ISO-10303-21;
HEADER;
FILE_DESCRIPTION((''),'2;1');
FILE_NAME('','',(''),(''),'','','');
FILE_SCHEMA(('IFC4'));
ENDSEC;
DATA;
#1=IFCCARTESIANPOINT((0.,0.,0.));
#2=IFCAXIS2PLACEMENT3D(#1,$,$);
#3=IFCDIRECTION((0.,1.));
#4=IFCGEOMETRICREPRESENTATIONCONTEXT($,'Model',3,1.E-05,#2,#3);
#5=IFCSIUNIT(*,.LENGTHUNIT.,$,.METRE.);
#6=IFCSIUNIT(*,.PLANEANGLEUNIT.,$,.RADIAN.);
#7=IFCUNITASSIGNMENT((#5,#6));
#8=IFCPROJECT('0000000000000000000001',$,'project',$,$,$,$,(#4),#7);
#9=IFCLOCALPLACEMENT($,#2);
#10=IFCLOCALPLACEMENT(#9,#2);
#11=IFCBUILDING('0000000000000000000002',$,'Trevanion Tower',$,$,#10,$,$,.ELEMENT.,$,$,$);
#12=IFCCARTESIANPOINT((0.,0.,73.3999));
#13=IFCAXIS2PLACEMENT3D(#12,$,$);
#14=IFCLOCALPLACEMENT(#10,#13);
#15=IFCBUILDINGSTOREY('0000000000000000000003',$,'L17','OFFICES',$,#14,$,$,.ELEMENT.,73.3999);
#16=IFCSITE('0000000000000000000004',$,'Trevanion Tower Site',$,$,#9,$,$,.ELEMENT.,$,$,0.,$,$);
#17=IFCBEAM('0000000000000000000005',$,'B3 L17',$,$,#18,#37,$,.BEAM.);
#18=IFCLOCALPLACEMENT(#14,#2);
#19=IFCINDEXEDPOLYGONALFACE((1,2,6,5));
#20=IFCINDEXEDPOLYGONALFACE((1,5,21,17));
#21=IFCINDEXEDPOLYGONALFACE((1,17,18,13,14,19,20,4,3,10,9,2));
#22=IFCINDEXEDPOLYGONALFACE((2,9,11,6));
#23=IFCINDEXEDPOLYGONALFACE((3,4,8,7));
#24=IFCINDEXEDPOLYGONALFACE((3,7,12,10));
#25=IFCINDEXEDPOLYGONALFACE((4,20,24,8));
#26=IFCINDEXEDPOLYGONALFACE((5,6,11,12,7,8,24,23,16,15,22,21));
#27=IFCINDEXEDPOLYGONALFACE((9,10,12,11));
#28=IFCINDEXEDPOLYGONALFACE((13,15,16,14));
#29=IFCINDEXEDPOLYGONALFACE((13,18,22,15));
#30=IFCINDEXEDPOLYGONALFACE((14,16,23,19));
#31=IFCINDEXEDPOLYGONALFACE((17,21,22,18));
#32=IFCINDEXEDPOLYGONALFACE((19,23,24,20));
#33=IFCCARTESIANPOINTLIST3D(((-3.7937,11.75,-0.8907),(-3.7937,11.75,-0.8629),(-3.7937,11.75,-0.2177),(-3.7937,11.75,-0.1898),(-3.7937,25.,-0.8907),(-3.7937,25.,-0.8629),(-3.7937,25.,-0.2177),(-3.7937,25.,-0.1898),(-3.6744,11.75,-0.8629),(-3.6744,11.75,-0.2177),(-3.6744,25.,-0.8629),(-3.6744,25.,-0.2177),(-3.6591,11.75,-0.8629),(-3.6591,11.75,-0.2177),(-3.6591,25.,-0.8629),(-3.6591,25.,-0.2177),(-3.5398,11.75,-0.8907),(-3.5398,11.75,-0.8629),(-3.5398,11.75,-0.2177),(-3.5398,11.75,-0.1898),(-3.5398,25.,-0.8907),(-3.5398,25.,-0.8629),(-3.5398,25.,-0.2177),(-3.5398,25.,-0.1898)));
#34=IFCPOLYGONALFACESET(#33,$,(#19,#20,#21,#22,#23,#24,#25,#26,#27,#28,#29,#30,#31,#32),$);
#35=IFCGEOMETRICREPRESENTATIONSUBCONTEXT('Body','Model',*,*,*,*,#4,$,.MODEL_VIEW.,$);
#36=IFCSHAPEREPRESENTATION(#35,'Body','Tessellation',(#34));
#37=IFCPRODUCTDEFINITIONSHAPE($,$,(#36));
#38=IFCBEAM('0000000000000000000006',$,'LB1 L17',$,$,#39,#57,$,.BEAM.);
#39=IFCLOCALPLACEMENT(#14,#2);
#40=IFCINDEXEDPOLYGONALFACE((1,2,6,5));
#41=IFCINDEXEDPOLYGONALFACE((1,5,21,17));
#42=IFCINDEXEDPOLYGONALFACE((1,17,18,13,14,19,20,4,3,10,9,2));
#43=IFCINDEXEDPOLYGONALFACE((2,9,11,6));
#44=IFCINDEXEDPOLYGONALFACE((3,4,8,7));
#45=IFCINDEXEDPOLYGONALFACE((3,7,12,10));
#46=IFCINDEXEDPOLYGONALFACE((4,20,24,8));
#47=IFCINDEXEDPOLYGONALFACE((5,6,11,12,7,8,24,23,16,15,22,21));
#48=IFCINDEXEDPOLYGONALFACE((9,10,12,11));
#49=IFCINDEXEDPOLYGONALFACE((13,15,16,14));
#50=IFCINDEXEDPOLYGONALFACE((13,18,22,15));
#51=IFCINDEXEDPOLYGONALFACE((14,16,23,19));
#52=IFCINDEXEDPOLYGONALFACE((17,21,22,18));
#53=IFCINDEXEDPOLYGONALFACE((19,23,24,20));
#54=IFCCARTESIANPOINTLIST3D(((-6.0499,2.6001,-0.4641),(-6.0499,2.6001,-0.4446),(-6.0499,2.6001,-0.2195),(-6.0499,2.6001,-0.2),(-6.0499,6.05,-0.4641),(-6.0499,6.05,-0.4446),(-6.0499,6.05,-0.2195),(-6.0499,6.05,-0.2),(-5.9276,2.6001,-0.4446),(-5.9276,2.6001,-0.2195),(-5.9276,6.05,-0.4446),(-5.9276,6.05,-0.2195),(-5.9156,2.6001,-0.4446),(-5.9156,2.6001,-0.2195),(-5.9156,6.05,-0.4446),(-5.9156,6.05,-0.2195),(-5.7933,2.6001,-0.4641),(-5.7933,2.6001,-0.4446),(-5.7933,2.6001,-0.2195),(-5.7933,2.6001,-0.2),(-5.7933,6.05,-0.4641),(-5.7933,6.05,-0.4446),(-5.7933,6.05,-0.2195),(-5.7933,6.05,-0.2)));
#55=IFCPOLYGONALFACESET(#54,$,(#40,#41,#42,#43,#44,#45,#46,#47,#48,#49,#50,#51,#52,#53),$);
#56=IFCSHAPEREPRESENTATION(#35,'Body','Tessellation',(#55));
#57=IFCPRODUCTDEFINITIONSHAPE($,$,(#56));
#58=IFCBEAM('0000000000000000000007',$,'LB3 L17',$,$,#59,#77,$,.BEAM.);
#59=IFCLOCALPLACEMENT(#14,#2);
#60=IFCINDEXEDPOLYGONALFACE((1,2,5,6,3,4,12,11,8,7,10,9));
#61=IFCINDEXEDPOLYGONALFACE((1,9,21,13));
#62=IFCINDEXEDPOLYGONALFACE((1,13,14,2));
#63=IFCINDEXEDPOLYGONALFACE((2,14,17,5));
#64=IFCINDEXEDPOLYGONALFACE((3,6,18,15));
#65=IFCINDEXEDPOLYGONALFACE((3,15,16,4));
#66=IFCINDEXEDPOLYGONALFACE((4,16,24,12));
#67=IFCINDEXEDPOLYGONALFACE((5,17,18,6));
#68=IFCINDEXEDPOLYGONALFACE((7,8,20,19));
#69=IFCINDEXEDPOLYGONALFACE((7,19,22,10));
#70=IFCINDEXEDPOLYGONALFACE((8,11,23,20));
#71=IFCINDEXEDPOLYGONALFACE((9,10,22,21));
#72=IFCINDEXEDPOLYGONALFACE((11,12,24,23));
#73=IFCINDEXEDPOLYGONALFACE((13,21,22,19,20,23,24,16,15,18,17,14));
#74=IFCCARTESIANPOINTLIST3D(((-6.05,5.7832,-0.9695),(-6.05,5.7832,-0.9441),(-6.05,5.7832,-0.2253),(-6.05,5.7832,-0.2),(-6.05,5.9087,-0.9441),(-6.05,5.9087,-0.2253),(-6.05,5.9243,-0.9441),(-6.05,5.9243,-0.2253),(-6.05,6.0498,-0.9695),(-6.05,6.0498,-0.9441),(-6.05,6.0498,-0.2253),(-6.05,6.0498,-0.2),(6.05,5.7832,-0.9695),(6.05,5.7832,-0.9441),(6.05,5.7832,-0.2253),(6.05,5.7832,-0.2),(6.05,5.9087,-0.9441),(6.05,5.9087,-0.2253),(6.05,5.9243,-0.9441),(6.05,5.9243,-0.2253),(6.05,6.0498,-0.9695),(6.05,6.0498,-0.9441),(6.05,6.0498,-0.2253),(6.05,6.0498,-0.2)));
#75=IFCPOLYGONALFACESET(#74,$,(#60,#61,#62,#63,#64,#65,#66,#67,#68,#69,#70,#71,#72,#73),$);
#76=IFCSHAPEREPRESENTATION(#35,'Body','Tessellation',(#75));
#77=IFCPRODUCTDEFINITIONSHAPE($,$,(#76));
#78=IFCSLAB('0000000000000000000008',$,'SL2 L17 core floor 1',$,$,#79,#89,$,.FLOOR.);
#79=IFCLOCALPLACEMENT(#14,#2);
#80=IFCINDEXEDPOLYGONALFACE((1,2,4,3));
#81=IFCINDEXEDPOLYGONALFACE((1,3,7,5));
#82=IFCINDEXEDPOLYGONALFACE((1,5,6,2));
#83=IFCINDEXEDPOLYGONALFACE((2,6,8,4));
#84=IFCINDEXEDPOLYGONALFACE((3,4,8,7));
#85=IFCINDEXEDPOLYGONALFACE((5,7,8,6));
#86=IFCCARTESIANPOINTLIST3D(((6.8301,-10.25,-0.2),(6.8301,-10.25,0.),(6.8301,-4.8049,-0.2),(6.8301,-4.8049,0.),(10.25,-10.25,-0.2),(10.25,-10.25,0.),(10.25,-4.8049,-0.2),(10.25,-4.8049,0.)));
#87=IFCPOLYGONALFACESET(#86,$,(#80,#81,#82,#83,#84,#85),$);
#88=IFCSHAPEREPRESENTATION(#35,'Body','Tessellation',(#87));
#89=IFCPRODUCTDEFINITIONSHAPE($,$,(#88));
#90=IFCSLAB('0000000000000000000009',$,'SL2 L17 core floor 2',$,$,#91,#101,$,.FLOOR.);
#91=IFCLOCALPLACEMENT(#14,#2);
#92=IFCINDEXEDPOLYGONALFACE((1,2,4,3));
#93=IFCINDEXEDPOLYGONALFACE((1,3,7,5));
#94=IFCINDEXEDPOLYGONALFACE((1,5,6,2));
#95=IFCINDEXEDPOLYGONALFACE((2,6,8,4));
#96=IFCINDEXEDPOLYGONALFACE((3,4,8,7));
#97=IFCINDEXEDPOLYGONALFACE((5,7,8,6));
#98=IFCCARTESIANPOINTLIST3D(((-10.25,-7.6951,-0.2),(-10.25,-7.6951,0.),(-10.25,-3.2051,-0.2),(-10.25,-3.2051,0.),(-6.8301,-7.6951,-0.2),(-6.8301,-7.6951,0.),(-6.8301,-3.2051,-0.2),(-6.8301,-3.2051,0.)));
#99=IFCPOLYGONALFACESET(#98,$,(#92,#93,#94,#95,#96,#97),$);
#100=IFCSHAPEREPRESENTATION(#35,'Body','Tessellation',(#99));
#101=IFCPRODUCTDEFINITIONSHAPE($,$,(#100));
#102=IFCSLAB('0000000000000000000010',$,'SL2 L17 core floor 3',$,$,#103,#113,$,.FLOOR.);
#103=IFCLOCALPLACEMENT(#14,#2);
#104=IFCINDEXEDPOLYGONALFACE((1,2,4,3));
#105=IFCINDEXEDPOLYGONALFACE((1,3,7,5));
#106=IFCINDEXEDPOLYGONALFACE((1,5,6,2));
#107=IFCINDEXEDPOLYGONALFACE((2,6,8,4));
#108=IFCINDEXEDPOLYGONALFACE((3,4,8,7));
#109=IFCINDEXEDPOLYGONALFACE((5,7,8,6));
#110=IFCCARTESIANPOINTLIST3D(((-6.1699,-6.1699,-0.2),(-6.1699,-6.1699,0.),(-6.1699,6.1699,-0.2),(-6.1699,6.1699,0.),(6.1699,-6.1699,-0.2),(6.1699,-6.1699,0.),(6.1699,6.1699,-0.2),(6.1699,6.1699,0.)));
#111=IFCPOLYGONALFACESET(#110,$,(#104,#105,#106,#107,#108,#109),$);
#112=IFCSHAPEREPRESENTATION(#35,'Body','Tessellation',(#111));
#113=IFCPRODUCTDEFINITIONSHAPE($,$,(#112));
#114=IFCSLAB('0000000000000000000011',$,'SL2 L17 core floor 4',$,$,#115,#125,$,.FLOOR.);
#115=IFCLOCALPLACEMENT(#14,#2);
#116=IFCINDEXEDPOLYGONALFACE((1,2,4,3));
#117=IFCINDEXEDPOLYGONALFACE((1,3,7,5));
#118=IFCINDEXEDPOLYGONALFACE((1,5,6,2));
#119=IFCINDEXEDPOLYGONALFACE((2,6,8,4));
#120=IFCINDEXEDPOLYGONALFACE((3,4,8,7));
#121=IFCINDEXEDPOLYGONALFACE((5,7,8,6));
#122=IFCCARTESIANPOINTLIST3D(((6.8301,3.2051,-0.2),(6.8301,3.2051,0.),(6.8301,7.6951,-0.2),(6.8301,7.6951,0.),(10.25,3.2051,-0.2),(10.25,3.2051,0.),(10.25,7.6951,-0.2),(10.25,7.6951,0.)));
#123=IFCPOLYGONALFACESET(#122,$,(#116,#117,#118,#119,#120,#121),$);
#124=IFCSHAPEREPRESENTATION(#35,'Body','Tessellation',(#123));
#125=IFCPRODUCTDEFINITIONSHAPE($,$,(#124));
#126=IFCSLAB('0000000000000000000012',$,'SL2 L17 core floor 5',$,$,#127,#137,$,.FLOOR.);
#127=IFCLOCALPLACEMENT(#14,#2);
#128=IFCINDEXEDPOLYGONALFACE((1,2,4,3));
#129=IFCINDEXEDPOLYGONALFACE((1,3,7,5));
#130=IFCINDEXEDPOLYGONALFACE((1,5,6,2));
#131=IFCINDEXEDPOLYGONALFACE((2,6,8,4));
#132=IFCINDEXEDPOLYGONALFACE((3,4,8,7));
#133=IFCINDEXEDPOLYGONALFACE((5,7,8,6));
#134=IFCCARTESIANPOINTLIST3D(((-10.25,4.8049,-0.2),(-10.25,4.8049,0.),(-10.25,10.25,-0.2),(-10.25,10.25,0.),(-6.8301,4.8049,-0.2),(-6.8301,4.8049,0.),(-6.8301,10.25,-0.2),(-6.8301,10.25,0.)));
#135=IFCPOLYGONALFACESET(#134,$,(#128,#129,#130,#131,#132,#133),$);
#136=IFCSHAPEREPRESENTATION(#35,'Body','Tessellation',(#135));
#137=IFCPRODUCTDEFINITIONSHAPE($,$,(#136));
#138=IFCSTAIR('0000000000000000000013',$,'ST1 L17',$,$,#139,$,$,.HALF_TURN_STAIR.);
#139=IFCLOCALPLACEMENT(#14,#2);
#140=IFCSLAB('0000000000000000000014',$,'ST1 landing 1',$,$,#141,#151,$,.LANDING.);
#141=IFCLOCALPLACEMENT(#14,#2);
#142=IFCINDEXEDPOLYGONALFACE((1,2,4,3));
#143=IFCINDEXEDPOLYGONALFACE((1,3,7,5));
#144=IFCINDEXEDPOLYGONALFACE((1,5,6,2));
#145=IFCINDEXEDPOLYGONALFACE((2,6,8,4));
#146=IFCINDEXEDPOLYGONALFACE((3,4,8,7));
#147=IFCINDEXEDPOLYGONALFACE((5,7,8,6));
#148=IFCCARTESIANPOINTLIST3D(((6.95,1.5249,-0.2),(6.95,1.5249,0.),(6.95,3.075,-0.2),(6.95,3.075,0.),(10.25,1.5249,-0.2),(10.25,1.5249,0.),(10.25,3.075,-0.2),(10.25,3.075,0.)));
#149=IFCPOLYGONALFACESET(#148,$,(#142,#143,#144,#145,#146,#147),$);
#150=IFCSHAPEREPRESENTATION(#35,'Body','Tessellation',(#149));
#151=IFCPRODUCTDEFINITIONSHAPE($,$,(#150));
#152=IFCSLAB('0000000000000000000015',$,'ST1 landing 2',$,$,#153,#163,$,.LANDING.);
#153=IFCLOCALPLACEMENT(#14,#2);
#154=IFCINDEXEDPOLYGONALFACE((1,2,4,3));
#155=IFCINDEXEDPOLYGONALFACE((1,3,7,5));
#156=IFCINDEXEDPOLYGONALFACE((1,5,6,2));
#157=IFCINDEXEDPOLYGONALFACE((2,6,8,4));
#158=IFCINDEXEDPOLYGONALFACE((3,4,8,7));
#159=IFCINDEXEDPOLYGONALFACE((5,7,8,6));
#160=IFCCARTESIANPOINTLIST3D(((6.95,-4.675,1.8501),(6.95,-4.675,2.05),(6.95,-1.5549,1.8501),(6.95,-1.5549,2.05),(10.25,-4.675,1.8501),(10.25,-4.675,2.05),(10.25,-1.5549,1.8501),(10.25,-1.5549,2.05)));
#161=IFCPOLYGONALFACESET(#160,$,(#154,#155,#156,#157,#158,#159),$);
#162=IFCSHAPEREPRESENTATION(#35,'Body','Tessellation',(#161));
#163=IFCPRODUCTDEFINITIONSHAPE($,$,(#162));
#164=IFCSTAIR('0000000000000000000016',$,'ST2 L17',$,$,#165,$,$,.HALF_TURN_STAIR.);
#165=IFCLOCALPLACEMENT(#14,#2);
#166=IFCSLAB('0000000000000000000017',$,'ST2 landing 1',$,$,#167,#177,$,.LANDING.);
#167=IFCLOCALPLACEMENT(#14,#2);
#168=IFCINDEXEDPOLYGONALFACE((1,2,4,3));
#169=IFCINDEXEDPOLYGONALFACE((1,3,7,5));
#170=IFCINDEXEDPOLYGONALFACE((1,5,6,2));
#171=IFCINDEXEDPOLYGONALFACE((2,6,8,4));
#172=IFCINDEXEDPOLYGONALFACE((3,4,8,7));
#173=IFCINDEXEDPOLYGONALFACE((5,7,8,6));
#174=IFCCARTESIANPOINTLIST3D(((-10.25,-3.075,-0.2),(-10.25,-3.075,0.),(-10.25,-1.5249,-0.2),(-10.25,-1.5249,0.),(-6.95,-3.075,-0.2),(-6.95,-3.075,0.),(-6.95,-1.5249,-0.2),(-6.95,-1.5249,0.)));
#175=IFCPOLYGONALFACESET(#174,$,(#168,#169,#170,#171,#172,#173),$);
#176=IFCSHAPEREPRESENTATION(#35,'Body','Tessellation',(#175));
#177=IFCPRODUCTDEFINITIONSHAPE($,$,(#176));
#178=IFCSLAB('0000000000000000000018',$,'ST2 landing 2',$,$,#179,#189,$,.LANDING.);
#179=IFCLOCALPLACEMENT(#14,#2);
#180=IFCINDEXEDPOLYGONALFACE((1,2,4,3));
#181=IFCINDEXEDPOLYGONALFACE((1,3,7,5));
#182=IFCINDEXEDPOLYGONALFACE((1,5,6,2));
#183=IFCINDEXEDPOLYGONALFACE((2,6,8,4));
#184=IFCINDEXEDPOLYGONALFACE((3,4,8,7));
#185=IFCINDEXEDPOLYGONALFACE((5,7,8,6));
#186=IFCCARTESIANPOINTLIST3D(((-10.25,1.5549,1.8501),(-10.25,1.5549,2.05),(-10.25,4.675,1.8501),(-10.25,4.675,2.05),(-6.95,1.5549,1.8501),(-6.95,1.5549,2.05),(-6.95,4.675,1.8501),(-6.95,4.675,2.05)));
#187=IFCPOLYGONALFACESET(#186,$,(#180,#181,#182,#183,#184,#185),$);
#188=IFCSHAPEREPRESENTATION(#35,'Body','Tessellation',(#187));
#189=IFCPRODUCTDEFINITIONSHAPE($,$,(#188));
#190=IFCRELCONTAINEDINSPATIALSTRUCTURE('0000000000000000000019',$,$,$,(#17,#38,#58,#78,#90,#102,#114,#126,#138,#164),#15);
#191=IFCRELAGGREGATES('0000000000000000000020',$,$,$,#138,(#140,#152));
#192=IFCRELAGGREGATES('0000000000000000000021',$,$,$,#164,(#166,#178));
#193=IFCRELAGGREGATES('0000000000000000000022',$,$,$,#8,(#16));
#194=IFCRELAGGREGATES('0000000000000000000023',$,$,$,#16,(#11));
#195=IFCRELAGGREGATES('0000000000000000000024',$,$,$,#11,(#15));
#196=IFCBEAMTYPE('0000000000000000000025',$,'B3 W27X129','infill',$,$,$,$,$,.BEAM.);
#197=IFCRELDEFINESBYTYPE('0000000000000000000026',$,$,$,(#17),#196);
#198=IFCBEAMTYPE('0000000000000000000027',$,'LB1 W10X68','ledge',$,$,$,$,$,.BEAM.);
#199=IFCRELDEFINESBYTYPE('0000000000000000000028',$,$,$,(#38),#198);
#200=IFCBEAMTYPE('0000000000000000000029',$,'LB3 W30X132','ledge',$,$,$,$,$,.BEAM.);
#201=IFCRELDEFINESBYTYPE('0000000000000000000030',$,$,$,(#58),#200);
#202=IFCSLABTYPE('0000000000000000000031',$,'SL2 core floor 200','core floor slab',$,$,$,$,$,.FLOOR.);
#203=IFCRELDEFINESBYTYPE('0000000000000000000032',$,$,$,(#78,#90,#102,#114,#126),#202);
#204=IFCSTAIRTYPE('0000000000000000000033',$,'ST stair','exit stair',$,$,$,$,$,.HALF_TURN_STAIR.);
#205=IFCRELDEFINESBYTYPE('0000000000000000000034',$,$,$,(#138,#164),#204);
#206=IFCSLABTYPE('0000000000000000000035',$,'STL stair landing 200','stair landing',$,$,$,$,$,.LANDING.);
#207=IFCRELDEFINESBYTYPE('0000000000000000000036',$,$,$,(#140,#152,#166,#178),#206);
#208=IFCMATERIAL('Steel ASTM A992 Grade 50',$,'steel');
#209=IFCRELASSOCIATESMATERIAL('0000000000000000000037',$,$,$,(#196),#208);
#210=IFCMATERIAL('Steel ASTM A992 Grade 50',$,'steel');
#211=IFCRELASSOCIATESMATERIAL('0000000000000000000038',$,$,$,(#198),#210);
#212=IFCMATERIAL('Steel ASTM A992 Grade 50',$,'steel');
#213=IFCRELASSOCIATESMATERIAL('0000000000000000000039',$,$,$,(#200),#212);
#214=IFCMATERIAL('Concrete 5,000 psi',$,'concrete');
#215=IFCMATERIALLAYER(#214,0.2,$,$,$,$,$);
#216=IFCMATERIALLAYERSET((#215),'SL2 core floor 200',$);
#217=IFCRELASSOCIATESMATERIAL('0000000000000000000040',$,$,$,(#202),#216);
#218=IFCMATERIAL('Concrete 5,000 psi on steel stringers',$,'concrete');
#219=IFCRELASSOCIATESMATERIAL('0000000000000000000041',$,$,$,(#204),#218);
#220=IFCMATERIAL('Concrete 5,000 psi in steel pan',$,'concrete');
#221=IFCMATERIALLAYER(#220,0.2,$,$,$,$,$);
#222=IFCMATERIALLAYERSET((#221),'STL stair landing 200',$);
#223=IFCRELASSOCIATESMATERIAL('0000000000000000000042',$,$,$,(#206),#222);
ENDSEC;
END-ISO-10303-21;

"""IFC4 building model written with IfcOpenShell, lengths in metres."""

from ifc_helpers import new_model, si_unit, direction, frame, origin, origin_2d, place, context, subcontext, project, spatial, polyline, i_section, outline, extrude, material, layer, layer_set, material_profile, profile_set, type_object, element, aggregate, save


model = new_model("IFC4")

# Units and contexts
model_context = context("Model", 3, precision=1e-05, world=origin(), true_north=direction((0.0, 1.0)))
body_context = subcontext(model_context, "Body", "Model", "MODEL_VIEW")
ifc_project = project(units=[si_unit("LENGTHUNIT", "METRE"), si_unit("PLANEANGLEUNIT", "RADIAN")], contexts=[model_context])

# Site, building, storey
site_placement = place(None, origin())
site = spatial("IfcSite", under=ifc_project, at=site_placement, Name="Trevanion Tower Site", CompositionType="ELEMENT", RefElevation=0.0)
building_placement = place(site_placement, origin())
building = spatial("IfcBuilding", under=site, at=building_placement, Name="Trevanion Tower", CompositionType="ELEMENT")
storey_placement = place(building_placement, frame((0.0, 0.0, 73.3999)))
storey = spatial("IfcBuildingStorey", under=building, at=storey_placement, Name="L17", Description="OFFICES", CompositionType="ELEMENT", Elevation=73.3999)

# Beams
ifc_material_1 = material(Name="Steel ASTM A992 Grade 50", Category="steel")
ifc_material_profile_1 = material_profile(ifc_material_1, i_section(OverallWidth=0.2539, OverallDepth=0.7009, WebThickness=0.0154, FlangeThickness=0.0278, at=origin_2d()), Name="W27X129")
ifc_profile_set_1 = profile_set([ifc_material_profile_1], Name="Steel ASTM A992 Grade 50")
beam_type_1 = type_object("IfcBeamType", Name="B3 W27X129", Description="infill", PredefinedType="BEAM", material=ifc_profile_set_1)
beam_1_placement = place(storey_placement, frame((-3.6667, 11.75, -0.5403), z_axis=(0.0, 1.0, 0.0), x_axis=(-1.0, 0.0, 0.0)))
element("IfcBeam", 1, at=beam_1_placement, inside=storey, type_object=beam_type_1, Name="B3 L17", PredefinedType="BEAM", context=body_context, shape_type="SweptSolid", body=[
    extrude(i_section(OverallWidth=0.2539, OverallDepth=0.7009, WebThickness=0.0154, FlangeThickness=0.0278, at=origin_2d()), origin(), (0.0, 0.0, 1.0), 13.25),
])
ifc_material_2 = material(Name="Steel ASTM A992 Grade 50", Category="steel")
ifc_material_profile_2 = material_profile(ifc_material_2, i_section(OverallWidth=0.2566, OverallDepth=0.2642, WebThickness=0.012, FlangeThickness=0.0195, at=origin_2d()), Name="W10X68")
ifc_profile_set_2 = profile_set([ifc_material_profile_2], Name="Steel ASTM A992 Grade 50")
beam_type_2 = type_object("IfcBeamType", Name="LB1 W10X68", Description="ledge", PredefinedType="BEAM", material=ifc_profile_set_2)
beam_2_placement = place(storey_placement, frame((-5.9216, 2.6001, -0.332), z_axis=(0.0, 1.0, 0.0), x_axis=(-1.0, 0.0, 0.0)))
element("IfcBeam", 2, at=beam_2_placement, inside=storey, type_object=beam_type_2, Name="LB1 L17", PredefinedType="BEAM", context=body_context, shape_type="SweptSolid", body=[
    extrude(i_section(OverallWidth=0.2566, OverallDepth=0.2642, WebThickness=0.012, FlangeThickness=0.0195, at=origin_2d()), origin(), (0.0, 0.0, 1.0), 3.45),
])
ifc_material_3 = material(Name="Steel ASTM A992 Grade 50", Category="steel")
ifc_material_profile_3 = material_profile(ifc_material_3, i_section(OverallWidth=0.2666, OverallDepth=0.7695, WebThickness=0.0156, FlangeThickness=0.0254, at=origin_2d()), Name="W30X132")
ifc_profile_set_3 = profile_set([ifc_material_profile_3], Name="Steel ASTM A992 Grade 50")
beam_type_3 = type_object("IfcBeamType", Name="LB3 W30X132", Description="ledge", PredefinedType="BEAM", material=ifc_profile_set_3)
beam_3_placement = place(storey_placement, frame((-6.05, 5.9165, -0.5847), z_axis=(1.0, 0.0, 0.0), x_axis=(0.0, 1.0, 0.0)))
element("IfcBeam", 3, at=beam_3_placement, inside=storey, type_object=beam_type_3, Name="LB3 L17", PredefinedType="BEAM", context=body_context, shape_type="SweptSolid", body=[
    extrude(i_section(OverallWidth=0.2666, OverallDepth=0.7695, WebThickness=0.0156, FlangeThickness=0.0254, at=origin_2d()), origin(), (0.0, 0.0, 1.0), 12.1001),
])

# Slabs
ifc_material_4 = material(Name="Concrete 5,000 psi", Category="concrete")
ifc_layer_1 = layer(ifc_material_4, 0.2)
ifc_layer_set_1 = layer_set([ifc_layer_1], Name="SL2 core floor 200")
slab_type_1 = type_object("IfcSlabType", Name="SL2 core floor 200", Description="core floor slab", PredefinedType="FLOOR", material=ifc_layer_set_1)
slab_1_placement = place(storey_placement, frame((0.0, 0.0, -0.2)))
element("IfcSlab", 4, at=slab_1_placement, inside=storey, type_object=slab_type_1, Name="SL2 L17 core floor 1", PredefinedType="FLOOR", context=body_context, shape_type="SweptSolid", body=[
    extrude(outline(polyline([(10.25, -4.8049), (10.25, -10.25), (6.8301, -10.25), (6.8301, -4.8049), (10.25, -4.8049)])), origin(), (0.0, 0.0, 1.0), 0.2),
])
slab_2_placement = place(storey_placement, frame((0.0, 0.0, -0.2)))
element("IfcSlab", 5, at=slab_2_placement, inside=storey, type_object=slab_type_1, Name="SL2 L17 core floor 2", PredefinedType="FLOOR", context=body_context, shape_type="SweptSolid", body=[
    extrude(outline(polyline([(-6.8301, -3.2051), (-6.8301, -7.6951), (-10.25, -7.6951), (-10.25, -3.2051), (-6.8301, -3.2051)])), origin(), (0.0, 0.0, 1.0), 0.2),
])
slab_3_placement = place(storey_placement, frame((0.0, 0.0, -0.2)))
element("IfcSlab", 6, at=slab_3_placement, inside=storey, type_object=slab_type_1, Name="SL2 L17 core floor 3", PredefinedType="FLOOR", context=body_context, shape_type="SweptSolid", body=[
    extrude(outline(polyline([(6.1699, -6.1699), (-6.1699, -6.1699), (-6.1699, 6.1699), (6.1699, 6.1699), (6.1699, -6.1699)])), origin(), (0.0, 0.0, 1.0), 0.2),
])
slab_4_placement = place(storey_placement, frame((0.0, 0.0, -0.2)))
element("IfcSlab", 7, at=slab_4_placement, inside=storey, type_object=slab_type_1, Name="SL2 L17 core floor 4", PredefinedType="FLOOR", context=body_context, shape_type="SweptSolid", body=[
    extrude(outline(polyline([(6.8301, 3.2051), (6.8301, 7.6951), (10.25, 7.6951), (10.25, 3.2051), (6.8301, 3.2051)])), origin(), (0.0, 0.0, 1.0), 0.2),
])
slab_5_placement = place(storey_placement, frame((0.0, 0.0, -0.2)))
element("IfcSlab", 8, at=slab_5_placement, inside=storey, type_object=slab_type_1, Name="SL2 L17 core floor 5", PredefinedType="FLOOR", context=body_context, shape_type="SweptSolid", body=[
    extrude(outline(polyline([(-6.8301, 4.8049), (-10.25, 4.8049), (-10.25, 10.25), (-6.8301, 10.25), (-6.8301, 4.8049)])), origin(), (0.0, 0.0, 1.0), 0.2),
])

# Stairs, slabs
ifc_material_5 = material(Name="Concrete 5,000 psi on steel stringers", Category="concrete")
stair_type = type_object("IfcStairType", Name="ST stair", Description="exit stair", PredefinedType="HALF_TURN_STAIR", material=ifc_material_5)
stair_1_placement = place(storey_placement, origin())
stair_1 = element("IfcStair", 9, at=stair_1_placement, inside=storey, type_object=stair_type, Name="ST1 L17", PredefinedType="HALF_TURN_STAIR")
ifc_material_6 = material(Name="Concrete 5,000 psi in steel pan", Category="concrete")
ifc_layer_2 = layer(ifc_material_6, 0.2)
ifc_layer_set_2 = layer_set([ifc_layer_2], Name="STL stair landing 200")
slab_type_2 = type_object("IfcSlabType", Name="STL stair landing 200", Description="stair landing", PredefinedType="LANDING", material=ifc_layer_set_2)
slab_6_placement = place(storey_placement, frame((0.0, 0.0, -0.2)))
slab_6 = element("IfcSlab", 10, at=slab_6_placement, type_object=slab_type_2, Name="ST1 landing 1", PredefinedType="LANDING", context=body_context, shape_type="SweptSolid", body=[
    extrude(outline(polyline([(6.95, 1.5249), (10.25, 1.5249), (10.25, 3.075), (6.95, 3.075), (6.95, 1.5249)])), origin(), (0.0, 0.0, 1.0), 0.2),
])
slab_7_placement = place(storey_placement, frame((0.0, 0.0, 1.8501)))
slab_7 = element("IfcSlab", 11, at=slab_7_placement, type_object=slab_type_2, Name="ST1 landing 2", PredefinedType="LANDING", context=body_context, shape_type="SweptSolid", body=[
    extrude(outline(polyline([(6.95, -4.675), (10.25, -4.675), (10.25, -1.5549), (6.95, -1.5549), (6.95, -4.675)])), origin(), (0.0, 0.0, 1.0), 0.2),
])
aggregate(stair_1, [slab_6, slab_7])
stair_2_placement = place(storey_placement, origin())
stair_2 = element("IfcStair", 12, at=stair_2_placement, inside=storey, type_object=stair_type, Name="ST2 L17", PredefinedType="HALF_TURN_STAIR")
slab_8_placement = place(storey_placement, frame((0.0, 0.0, -0.2)))
slab_8 = element("IfcSlab", 13, at=slab_8_placement, type_object=slab_type_2, Name="ST2 landing 1", PredefinedType="LANDING", context=body_context, shape_type="SweptSolid", body=[
    extrude(outline(polyline([(-6.95, -1.5249), (-10.25, -1.5249), (-10.25, -3.075), (-6.95, -3.075), (-6.95, -1.5249)])), origin(), (0.0, 0.0, 1.0), 0.2),
])
slab_9_placement = place(storey_placement, frame((0.0, 0.0, 1.8501)))
slab_9 = element("IfcSlab", 14, at=slab_9_placement, type_object=slab_type_2, Name="ST2 landing 2", PredefinedType="LANDING", context=body_context, shape_type="SweptSolid", body=[
    extrude(outline(polyline([(-6.95, 4.675), (-10.25, 4.675), (-10.25, 1.5549), (-6.95, 1.5549), (-6.95, 4.675)])), origin(), (0.0, 0.0, 1.0), 0.2),
])
aggregate(stair_2, [slab_8, slab_9])

save(model, "model.ifc")
